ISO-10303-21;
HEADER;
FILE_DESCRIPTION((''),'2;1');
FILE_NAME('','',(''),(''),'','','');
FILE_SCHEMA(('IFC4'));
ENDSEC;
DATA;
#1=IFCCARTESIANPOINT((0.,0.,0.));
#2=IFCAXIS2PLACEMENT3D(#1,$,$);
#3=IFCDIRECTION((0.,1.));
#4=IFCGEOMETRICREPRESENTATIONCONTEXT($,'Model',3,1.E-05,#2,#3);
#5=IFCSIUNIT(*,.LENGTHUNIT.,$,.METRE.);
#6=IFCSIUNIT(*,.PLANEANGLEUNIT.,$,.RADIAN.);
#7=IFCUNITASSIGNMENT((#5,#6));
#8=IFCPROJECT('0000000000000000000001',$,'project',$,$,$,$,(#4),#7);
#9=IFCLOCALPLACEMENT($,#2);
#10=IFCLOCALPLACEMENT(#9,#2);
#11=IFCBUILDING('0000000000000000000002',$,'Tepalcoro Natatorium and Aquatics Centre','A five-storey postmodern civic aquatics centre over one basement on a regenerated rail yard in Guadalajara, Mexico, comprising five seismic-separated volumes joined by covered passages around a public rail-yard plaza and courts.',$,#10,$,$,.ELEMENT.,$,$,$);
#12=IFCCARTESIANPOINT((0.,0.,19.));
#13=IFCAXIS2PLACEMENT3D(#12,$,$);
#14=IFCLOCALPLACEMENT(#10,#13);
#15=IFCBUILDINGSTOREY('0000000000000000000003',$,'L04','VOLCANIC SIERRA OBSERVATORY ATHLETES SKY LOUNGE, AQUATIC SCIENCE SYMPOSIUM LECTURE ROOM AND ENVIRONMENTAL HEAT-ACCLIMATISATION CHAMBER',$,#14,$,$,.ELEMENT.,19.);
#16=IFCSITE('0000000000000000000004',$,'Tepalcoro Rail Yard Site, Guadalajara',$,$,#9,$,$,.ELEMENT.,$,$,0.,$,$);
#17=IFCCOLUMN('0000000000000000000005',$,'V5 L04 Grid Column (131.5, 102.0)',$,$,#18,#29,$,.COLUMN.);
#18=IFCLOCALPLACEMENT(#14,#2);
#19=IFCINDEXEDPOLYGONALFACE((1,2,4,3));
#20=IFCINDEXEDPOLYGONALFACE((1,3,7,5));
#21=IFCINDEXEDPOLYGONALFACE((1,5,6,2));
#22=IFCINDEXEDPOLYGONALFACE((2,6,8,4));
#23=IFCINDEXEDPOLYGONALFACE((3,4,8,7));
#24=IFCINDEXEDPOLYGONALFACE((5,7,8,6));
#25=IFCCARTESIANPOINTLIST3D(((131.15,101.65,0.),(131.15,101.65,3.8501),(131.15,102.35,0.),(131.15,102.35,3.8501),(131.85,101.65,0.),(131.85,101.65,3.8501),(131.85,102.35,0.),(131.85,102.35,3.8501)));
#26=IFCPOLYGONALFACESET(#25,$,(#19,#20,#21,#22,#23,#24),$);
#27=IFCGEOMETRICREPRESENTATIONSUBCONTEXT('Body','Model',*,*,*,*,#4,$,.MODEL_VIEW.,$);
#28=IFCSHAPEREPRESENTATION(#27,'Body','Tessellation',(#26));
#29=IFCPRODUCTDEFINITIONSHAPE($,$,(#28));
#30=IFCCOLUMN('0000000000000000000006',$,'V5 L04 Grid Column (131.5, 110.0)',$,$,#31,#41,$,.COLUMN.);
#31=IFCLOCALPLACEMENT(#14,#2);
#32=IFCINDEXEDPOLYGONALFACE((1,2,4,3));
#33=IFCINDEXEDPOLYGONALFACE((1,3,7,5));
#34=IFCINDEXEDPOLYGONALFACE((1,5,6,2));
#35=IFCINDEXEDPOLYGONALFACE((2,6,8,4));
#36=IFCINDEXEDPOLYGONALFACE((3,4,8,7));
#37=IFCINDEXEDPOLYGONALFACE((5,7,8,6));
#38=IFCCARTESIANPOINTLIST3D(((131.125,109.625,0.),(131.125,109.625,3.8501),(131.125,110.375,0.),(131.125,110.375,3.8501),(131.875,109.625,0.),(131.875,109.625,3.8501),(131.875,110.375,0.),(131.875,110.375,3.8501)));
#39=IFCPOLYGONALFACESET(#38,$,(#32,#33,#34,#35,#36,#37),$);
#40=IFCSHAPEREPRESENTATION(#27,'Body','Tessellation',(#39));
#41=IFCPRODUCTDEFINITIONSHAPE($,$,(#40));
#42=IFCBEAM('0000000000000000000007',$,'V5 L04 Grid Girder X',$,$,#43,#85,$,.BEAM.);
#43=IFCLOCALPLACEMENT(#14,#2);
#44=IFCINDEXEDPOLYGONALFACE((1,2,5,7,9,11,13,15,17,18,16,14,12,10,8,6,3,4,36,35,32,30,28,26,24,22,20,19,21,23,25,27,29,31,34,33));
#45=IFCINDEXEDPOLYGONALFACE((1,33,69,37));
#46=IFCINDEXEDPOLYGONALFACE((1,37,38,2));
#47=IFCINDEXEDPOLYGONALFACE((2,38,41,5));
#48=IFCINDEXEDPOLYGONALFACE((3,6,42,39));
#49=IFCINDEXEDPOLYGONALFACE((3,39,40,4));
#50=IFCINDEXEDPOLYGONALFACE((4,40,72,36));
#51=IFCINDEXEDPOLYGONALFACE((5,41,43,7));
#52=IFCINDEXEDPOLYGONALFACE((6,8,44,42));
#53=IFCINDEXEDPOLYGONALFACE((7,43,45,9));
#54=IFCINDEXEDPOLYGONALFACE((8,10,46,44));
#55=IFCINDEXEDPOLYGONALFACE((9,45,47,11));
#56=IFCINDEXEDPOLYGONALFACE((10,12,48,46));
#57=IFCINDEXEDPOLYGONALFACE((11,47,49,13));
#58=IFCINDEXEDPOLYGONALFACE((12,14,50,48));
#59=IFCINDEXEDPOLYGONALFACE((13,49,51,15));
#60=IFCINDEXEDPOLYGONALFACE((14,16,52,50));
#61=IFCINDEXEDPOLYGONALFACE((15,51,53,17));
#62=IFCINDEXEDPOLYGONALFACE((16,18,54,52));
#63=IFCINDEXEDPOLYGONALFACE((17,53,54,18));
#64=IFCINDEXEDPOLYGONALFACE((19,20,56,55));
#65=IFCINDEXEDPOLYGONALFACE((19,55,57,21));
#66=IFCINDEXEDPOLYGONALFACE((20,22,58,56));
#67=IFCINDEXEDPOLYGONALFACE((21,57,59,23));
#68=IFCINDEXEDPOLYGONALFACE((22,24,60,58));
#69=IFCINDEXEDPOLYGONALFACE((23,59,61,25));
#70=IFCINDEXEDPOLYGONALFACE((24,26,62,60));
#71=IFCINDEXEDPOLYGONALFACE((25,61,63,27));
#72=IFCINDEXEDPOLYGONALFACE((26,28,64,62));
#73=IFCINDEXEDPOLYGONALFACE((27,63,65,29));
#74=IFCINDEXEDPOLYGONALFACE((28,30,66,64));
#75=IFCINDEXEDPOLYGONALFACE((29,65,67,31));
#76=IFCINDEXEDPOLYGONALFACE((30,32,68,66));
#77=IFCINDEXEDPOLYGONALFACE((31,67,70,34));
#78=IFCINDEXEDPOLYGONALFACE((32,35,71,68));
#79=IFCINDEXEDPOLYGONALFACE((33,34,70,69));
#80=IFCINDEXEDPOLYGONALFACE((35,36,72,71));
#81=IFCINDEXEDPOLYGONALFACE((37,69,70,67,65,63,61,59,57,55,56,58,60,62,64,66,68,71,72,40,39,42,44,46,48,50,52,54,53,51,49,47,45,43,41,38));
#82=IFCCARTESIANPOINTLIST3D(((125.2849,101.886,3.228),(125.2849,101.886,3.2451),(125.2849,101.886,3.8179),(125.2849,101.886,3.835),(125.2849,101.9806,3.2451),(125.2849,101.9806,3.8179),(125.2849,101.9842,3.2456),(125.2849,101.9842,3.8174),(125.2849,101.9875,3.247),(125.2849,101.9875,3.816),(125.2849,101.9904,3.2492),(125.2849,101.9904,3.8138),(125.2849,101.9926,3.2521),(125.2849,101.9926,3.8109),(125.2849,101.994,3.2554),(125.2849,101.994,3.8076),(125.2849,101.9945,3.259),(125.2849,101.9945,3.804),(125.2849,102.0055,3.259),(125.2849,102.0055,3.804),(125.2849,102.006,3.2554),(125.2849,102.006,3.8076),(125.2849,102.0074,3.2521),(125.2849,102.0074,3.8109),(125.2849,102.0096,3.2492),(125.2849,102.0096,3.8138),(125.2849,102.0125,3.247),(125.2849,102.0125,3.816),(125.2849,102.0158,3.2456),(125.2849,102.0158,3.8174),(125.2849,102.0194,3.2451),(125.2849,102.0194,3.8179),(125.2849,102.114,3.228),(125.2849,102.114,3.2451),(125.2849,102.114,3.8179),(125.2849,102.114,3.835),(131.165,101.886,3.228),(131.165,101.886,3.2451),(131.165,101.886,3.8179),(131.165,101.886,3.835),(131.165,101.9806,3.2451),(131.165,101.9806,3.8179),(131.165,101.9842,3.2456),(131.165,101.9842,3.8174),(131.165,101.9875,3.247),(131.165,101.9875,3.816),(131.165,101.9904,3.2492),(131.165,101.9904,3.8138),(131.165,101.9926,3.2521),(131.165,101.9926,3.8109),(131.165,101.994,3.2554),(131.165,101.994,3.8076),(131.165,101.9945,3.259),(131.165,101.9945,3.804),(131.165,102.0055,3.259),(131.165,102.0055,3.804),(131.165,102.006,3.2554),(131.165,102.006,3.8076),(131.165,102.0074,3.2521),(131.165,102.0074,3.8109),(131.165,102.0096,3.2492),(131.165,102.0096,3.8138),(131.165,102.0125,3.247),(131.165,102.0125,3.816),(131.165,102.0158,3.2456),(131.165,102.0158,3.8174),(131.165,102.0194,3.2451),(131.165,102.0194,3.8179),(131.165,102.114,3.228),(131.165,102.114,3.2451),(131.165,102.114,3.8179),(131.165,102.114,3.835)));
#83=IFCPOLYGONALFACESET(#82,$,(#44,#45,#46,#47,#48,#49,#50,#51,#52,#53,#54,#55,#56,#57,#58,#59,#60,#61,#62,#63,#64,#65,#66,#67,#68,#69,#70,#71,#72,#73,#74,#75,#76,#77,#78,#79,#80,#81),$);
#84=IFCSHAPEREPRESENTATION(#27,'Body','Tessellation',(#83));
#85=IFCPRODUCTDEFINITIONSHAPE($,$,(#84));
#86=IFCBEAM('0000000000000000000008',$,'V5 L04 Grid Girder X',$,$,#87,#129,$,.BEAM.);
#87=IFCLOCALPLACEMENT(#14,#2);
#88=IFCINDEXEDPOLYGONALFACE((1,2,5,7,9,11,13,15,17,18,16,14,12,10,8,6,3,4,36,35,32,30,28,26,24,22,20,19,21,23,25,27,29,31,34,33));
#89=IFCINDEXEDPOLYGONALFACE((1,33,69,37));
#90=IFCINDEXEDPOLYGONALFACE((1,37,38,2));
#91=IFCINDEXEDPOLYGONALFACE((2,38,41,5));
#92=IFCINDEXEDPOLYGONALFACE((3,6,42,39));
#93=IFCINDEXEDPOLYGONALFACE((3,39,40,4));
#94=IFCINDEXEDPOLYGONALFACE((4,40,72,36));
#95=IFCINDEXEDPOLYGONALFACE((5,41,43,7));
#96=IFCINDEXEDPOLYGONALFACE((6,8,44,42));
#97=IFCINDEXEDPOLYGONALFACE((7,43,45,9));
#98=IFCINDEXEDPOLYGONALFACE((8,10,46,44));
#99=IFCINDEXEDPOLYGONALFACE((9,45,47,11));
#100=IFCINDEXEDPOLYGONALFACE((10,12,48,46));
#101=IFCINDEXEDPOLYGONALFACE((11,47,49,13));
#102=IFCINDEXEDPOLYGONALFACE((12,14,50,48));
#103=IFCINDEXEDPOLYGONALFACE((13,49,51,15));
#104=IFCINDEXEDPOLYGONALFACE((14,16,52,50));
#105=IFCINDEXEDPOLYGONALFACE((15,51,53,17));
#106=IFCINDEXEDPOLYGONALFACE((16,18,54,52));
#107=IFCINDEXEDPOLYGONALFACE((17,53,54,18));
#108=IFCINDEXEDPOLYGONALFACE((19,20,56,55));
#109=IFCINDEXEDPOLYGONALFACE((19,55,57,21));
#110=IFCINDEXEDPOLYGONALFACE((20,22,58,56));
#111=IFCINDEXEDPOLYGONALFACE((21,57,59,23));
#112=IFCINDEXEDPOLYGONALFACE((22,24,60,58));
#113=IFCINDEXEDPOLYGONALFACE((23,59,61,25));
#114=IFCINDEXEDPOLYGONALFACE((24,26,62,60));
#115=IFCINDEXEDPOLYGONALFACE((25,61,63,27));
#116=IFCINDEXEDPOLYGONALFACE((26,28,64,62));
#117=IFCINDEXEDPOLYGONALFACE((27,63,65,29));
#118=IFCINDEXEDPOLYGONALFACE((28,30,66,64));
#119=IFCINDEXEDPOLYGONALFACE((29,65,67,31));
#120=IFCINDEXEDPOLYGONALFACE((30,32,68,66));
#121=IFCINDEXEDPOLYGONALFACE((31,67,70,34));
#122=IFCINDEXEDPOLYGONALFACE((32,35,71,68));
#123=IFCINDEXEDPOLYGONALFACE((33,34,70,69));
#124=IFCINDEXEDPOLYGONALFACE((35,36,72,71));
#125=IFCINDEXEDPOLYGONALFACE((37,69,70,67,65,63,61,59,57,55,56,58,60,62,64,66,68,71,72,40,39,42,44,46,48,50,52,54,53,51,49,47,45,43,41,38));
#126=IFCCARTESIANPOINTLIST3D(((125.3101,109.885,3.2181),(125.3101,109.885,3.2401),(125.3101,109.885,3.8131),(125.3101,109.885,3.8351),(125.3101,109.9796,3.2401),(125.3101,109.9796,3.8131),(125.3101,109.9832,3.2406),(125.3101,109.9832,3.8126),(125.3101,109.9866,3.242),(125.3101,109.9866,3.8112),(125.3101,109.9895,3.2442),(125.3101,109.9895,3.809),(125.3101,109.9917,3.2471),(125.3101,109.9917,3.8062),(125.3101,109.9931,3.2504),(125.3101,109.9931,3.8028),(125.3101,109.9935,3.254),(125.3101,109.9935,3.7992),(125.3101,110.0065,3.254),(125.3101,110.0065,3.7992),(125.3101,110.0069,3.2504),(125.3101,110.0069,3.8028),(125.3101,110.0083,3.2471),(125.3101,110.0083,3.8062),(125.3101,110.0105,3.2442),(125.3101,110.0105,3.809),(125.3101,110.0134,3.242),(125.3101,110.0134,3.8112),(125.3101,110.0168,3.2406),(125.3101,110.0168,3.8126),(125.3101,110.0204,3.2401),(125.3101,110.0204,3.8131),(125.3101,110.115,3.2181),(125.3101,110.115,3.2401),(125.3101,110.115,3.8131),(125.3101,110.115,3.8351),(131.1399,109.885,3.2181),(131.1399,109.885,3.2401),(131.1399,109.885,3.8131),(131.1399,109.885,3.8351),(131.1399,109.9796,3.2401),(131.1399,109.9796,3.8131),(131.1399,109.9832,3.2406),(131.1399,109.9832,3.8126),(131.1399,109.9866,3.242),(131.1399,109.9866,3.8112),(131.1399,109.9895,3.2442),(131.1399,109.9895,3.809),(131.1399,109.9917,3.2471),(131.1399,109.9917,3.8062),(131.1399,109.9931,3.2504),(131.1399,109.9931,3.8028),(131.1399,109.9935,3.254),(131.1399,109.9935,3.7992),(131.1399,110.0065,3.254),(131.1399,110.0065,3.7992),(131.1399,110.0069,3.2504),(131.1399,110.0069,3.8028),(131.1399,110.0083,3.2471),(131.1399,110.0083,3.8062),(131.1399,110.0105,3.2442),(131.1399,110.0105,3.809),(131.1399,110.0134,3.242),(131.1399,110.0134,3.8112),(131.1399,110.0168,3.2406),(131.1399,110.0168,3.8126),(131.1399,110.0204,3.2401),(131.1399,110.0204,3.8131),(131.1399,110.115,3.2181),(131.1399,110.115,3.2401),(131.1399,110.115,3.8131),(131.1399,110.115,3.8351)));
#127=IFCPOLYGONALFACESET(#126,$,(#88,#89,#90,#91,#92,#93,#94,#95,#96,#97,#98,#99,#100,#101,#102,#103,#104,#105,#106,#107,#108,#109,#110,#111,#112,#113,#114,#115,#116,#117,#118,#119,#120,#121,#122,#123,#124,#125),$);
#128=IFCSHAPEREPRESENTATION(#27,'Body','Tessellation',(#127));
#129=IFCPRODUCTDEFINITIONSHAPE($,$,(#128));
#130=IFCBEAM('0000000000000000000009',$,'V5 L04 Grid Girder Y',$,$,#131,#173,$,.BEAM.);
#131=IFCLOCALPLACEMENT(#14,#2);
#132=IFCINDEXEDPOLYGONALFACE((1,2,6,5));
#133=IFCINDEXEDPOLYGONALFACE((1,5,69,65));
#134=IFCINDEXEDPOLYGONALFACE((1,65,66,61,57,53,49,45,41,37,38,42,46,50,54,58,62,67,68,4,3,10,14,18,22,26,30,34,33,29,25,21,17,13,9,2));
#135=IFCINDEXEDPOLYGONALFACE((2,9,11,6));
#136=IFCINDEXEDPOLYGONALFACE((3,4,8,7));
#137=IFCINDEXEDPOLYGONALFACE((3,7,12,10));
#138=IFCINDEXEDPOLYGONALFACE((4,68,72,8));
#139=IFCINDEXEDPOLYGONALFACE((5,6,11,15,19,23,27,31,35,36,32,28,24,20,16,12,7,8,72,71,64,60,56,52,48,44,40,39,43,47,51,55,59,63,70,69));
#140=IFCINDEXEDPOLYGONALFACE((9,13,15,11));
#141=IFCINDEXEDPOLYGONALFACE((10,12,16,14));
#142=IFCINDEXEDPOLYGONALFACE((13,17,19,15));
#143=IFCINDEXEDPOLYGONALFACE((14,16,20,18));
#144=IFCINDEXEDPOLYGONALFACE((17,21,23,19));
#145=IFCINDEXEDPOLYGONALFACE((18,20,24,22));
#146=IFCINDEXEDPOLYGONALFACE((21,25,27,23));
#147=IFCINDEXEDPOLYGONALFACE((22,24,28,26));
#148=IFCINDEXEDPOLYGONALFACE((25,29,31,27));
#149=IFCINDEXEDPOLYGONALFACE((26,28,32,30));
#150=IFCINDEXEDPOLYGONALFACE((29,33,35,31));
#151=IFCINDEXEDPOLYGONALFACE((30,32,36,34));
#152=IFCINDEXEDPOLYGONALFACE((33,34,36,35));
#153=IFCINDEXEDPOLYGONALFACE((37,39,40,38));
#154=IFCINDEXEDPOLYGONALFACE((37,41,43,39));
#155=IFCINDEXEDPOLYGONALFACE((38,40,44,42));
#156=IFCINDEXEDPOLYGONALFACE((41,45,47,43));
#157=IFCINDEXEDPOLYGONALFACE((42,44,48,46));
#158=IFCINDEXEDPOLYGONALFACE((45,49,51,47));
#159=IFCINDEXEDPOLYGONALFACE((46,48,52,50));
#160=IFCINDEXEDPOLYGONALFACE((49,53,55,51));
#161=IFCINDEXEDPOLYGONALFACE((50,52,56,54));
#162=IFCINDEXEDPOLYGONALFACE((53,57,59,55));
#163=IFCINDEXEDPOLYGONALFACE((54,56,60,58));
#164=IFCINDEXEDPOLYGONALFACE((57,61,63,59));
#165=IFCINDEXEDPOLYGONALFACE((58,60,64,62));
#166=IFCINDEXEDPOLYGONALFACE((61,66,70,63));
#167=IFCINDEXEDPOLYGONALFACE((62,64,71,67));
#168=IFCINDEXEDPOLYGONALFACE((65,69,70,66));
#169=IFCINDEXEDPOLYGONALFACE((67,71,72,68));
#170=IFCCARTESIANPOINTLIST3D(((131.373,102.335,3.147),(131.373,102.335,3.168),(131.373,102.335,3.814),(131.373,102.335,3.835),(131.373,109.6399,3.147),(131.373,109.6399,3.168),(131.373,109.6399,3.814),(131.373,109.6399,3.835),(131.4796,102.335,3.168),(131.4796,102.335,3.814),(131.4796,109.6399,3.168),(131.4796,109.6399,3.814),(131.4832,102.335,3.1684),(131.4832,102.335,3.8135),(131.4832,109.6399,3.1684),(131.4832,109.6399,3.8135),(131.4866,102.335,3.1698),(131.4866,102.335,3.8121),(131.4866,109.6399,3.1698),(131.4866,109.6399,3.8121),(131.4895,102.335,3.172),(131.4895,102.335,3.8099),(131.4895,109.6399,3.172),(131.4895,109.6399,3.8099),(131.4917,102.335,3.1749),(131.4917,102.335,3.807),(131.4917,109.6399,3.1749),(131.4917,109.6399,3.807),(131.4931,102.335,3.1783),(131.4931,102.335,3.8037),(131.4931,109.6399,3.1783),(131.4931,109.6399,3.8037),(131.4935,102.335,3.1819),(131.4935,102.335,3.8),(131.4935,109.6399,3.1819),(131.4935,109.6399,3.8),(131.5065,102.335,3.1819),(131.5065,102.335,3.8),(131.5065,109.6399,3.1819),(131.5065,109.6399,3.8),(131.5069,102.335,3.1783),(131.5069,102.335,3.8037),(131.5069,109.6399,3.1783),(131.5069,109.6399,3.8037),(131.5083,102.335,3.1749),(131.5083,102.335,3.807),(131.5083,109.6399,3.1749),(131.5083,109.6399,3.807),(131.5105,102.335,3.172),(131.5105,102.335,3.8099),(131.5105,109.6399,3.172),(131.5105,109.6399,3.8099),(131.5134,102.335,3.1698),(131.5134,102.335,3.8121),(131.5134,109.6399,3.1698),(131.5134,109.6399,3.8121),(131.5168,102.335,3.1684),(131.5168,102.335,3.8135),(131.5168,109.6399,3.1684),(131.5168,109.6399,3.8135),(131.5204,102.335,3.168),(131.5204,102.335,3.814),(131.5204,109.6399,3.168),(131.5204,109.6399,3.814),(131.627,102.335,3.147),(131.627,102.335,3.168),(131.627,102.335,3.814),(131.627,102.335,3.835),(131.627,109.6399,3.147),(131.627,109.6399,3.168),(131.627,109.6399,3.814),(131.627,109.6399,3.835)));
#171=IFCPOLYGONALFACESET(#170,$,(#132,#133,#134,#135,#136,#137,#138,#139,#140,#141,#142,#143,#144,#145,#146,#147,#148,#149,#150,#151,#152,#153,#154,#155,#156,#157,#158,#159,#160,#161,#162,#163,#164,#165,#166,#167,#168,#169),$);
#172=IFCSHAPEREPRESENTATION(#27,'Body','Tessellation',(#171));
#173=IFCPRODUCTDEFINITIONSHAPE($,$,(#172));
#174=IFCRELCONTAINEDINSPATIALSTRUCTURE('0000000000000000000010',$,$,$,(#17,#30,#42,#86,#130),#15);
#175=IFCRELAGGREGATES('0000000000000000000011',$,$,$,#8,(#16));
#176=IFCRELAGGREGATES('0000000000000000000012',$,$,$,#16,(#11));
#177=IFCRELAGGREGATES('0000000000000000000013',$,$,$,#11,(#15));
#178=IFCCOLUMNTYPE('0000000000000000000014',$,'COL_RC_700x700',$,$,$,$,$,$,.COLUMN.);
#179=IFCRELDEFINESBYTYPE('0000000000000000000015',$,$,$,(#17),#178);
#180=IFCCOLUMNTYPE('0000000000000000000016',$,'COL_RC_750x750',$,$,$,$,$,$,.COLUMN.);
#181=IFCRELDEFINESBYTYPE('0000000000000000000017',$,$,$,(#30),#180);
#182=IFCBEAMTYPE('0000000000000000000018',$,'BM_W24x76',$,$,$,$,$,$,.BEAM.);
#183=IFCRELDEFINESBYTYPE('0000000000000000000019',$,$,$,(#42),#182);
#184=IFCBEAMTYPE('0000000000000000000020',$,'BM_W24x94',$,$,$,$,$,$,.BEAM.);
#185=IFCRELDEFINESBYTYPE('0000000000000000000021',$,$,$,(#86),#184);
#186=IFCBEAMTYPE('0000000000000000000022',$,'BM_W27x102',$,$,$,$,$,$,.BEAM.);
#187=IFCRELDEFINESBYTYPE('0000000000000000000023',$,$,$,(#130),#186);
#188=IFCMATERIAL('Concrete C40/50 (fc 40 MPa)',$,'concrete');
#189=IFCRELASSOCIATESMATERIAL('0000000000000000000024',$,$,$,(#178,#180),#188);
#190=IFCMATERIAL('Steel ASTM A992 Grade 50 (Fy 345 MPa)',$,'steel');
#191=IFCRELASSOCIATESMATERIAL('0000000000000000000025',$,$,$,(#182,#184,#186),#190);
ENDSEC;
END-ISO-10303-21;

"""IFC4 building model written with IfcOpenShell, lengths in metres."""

from ifc_helpers import new_model, si_unit, direction, frame, origin, origin_2d, place, context, subcontext, project, spatial, rectangle, i_section, extrude, material, material_profile, profile_set, type_object, element, save


model = new_model("IFC4")

# Units and contexts
model_context = context("Model", 3, precision=1e-05, world=origin(), true_north=direction((0.0, 1.0)))
body_context = subcontext(model_context, "Body", "Model", "MODEL_VIEW")
ifc_project = project(units=[si_unit("LENGTHUNIT", "METRE"), si_unit("PLANEANGLEUNIT", "RADIAN")], contexts=[model_context])

# Site, building, storey
site_placement = place(None, origin())
site = spatial("IfcSite", under=ifc_project, at=site_placement, Name="Tepalcoro Rail Yard Site, Guadalajara", CompositionType="ELEMENT", RefElevation=0.0)
building_placement = place(site_placement, origin())
building = spatial("IfcBuilding", under=site, at=building_placement, Name="Tepalcoro Natatorium and Aquatics Centre", Description="A five-storey postmodern civic aquatics centre over one basement on a regenerated rail yard in Guadalajara, Mexico, comprising five seismic-separated volumes joined by covered passages around a public rail-yard plaza and courts.", CompositionType="ELEMENT")
storey_placement = place(building_placement, frame((0.0, 0.0, 19.0)))
storey = spatial("IfcBuildingStorey", under=building, at=storey_placement, Name="L04", Description="VOLCANIC SIERRA OBSERVATORY ATHLETES SKY LOUNGE, AQUATIC SCIENCE SYMPOSIUM LECTURE ROOM AND ENVIRONMENTAL HEAT-ACCLIMATISATION CHAMBER", CompositionType="ELEMENT", Elevation=19.0)

# Columns
ifc_material_1 = material(Name="Concrete C40/50 (fc 40 MPa)", Category="concrete")
ifc_material_profile_1 = material_profile(ifc_material_1, rectangle(XDim=0.7, YDim=0.7, at=origin_2d()), Name="RC700x700")
ifc_profile_set_1 = profile_set([ifc_material_profile_1], Name="Concrete C40/50 (fc 40 MPa)")
column_type_1 = type_object("IfcColumnType", Name="COL_RC_700x700", PredefinedType="COLUMN", material=ifc_profile_set_1)
column_1_placement = place(storey_placement, frame((131.5, 102.0, 0.0), z_axis=(0.0, 0.0, 1.0), x_axis=(1.0, 0.0, 0.0)))
element("IfcColumn", 1, at=column_1_placement, inside=storey, type_object=column_type_1, Name="V5 L04 Grid Column (131.5, 102.0)", PredefinedType="COLUMN", context=body_context, shape_type="SweptSolid", body=[
    extrude(rectangle(XDim=0.7, YDim=0.7, at=origin_2d()), origin(), (0.0, 0.0, 1.0), 3.8501),
])
ifc_material_profile_2 = material_profile(ifc_material_1, rectangle(XDim=0.75, YDim=0.75, at=origin_2d()), Name="RC750x750")
ifc_profile_set_2 = profile_set([ifc_material_profile_2], Name="Concrete C40/50 (fc 40 MPa)")
column_type_2 = type_object("IfcColumnType", Name="COL_RC_750x750", PredefinedType="COLUMN", material=ifc_profile_set_2)
column_2_placement = place(storey_placement, frame((131.5, 110.0, 0.0), z_axis=(0.0, 0.0, 1.0), x_axis=(1.0, 0.0, 0.0)))
element("IfcColumn", 2, at=column_2_placement, inside=storey, type_object=column_type_2, Name="V5 L04 Grid Column (131.5, 110.0)", PredefinedType="COLUMN", context=body_context, shape_type="SweptSolid", body=[
    extrude(rectangle(XDim=0.75, YDim=0.75, at=origin_2d()), origin(), (0.0, 0.0, 1.0), 3.8501),
])

# Beams
ifc_material_2 = material(Name="Steel ASTM A992 Grade 50 (Fy 345 MPa)", Category="steel")
ifc_material_profile_3 = material_profile(ifc_material_2, i_section(OverallWidth=0.228, OverallDepth=0.6069, WebThickness=0.011, FlangeThickness=0.0171, FilletRadius=0.0139, at=origin_2d()), Name="W24X76")
ifc_profile_set_3 = profile_set([ifc_material_profile_3], Name="Steel ASTM A992 Grade 50 (Fy 345 MPa)")
beam_type_1 = type_object("IfcBeamType", Name="BM_W24x76", PredefinedType="BEAM", material=ifc_profile_set_3)
beam_1_placement = place(storey_placement, frame((125.2849, 102.0, 3.5315), z_axis=(1.0, 0.0, 0.0), x_axis=(0.0, 1.0, 0.0)))
element("IfcBeam", 3, at=beam_1_placement, inside=storey, type_object=beam_type_1, Name="V5 L04 Grid Girder X", PredefinedType="BEAM", context=body_context, shape_type="SweptSolid", body=[
    extrude(i_section(OverallWidth=0.228, OverallDepth=0.6069, WebThickness=0.011, FlangeThickness=0.0171, FilletRadius=0.0139, at=origin_2d()), origin(), (0.0, 0.0, 1.0), 5.8801),
])
ifc_material_profile_4 = material_profile(ifc_material_2, i_section(OverallWidth=0.23, OverallDepth=0.6169, WebThickness=0.0129, FlangeThickness=0.022, FilletRadius=0.0139, at=origin_2d()), Name="W24X94")
ifc_profile_set_4 = profile_set([ifc_material_profile_4], Name="Steel ASTM A992 Grade 50 (Fy 345 MPa)")
beam_type_2 = type_object("IfcBeamType", Name="BM_W24x94", PredefinedType="BEAM", material=ifc_profile_set_4)
beam_2_placement = place(storey_placement, frame((125.3101, 110.0, 3.5266), z_axis=(1.0, 0.0, 0.0), x_axis=(0.0, 1.0, 0.0)))
element("IfcBeam", 4, at=beam_2_placement, inside=storey, type_object=beam_type_2, Name="V5 L04 Grid Girder X", PredefinedType="BEAM", context=body_context, shape_type="SweptSolid", body=[
    extrude(i_section(OverallWidth=0.23, OverallDepth=0.6169, WebThickness=0.0129, FlangeThickness=0.022, FilletRadius=0.0139, at=origin_2d()), origin(), (0.0, 0.0, 1.0), 5.8298),
])
ifc_material_profile_5 = material_profile(ifc_material_2, i_section(OverallWidth=0.2539, OverallDepth=0.688, WebThickness=0.0129, FlangeThickness=0.021, FilletRadius=0.0139, at=origin_2d()), Name="W27X102")
ifc_profile_set_5 = profile_set([ifc_material_profile_5], Name="Steel ASTM A992 Grade 50 (Fy 345 MPa)")
beam_type_3 = type_object("IfcBeamType", Name="BM_W27x102", PredefinedType="BEAM", material=ifc_profile_set_5)
beam_3_placement = place(storey_placement, frame((131.5, 102.335, 3.491), z_axis=(0.0, 1.0, 0.0), x_axis=(-1.0, 0.0, 0.0)))
element("IfcBeam", 5, at=beam_3_placement, inside=storey, type_object=beam_type_3, Name="V5 L04 Grid Girder Y", PredefinedType="BEAM", context=body_context, shape_type="SweptSolid", body=[
    extrude(i_section(OverallWidth=0.2539, OverallDepth=0.688, WebThickness=0.0129, FlangeThickness=0.021, FilletRadius=0.0139, at=origin_2d()), origin(), (0.0, 0.0, 1.0), 7.3049),
])

save(model, "model.ifc")
